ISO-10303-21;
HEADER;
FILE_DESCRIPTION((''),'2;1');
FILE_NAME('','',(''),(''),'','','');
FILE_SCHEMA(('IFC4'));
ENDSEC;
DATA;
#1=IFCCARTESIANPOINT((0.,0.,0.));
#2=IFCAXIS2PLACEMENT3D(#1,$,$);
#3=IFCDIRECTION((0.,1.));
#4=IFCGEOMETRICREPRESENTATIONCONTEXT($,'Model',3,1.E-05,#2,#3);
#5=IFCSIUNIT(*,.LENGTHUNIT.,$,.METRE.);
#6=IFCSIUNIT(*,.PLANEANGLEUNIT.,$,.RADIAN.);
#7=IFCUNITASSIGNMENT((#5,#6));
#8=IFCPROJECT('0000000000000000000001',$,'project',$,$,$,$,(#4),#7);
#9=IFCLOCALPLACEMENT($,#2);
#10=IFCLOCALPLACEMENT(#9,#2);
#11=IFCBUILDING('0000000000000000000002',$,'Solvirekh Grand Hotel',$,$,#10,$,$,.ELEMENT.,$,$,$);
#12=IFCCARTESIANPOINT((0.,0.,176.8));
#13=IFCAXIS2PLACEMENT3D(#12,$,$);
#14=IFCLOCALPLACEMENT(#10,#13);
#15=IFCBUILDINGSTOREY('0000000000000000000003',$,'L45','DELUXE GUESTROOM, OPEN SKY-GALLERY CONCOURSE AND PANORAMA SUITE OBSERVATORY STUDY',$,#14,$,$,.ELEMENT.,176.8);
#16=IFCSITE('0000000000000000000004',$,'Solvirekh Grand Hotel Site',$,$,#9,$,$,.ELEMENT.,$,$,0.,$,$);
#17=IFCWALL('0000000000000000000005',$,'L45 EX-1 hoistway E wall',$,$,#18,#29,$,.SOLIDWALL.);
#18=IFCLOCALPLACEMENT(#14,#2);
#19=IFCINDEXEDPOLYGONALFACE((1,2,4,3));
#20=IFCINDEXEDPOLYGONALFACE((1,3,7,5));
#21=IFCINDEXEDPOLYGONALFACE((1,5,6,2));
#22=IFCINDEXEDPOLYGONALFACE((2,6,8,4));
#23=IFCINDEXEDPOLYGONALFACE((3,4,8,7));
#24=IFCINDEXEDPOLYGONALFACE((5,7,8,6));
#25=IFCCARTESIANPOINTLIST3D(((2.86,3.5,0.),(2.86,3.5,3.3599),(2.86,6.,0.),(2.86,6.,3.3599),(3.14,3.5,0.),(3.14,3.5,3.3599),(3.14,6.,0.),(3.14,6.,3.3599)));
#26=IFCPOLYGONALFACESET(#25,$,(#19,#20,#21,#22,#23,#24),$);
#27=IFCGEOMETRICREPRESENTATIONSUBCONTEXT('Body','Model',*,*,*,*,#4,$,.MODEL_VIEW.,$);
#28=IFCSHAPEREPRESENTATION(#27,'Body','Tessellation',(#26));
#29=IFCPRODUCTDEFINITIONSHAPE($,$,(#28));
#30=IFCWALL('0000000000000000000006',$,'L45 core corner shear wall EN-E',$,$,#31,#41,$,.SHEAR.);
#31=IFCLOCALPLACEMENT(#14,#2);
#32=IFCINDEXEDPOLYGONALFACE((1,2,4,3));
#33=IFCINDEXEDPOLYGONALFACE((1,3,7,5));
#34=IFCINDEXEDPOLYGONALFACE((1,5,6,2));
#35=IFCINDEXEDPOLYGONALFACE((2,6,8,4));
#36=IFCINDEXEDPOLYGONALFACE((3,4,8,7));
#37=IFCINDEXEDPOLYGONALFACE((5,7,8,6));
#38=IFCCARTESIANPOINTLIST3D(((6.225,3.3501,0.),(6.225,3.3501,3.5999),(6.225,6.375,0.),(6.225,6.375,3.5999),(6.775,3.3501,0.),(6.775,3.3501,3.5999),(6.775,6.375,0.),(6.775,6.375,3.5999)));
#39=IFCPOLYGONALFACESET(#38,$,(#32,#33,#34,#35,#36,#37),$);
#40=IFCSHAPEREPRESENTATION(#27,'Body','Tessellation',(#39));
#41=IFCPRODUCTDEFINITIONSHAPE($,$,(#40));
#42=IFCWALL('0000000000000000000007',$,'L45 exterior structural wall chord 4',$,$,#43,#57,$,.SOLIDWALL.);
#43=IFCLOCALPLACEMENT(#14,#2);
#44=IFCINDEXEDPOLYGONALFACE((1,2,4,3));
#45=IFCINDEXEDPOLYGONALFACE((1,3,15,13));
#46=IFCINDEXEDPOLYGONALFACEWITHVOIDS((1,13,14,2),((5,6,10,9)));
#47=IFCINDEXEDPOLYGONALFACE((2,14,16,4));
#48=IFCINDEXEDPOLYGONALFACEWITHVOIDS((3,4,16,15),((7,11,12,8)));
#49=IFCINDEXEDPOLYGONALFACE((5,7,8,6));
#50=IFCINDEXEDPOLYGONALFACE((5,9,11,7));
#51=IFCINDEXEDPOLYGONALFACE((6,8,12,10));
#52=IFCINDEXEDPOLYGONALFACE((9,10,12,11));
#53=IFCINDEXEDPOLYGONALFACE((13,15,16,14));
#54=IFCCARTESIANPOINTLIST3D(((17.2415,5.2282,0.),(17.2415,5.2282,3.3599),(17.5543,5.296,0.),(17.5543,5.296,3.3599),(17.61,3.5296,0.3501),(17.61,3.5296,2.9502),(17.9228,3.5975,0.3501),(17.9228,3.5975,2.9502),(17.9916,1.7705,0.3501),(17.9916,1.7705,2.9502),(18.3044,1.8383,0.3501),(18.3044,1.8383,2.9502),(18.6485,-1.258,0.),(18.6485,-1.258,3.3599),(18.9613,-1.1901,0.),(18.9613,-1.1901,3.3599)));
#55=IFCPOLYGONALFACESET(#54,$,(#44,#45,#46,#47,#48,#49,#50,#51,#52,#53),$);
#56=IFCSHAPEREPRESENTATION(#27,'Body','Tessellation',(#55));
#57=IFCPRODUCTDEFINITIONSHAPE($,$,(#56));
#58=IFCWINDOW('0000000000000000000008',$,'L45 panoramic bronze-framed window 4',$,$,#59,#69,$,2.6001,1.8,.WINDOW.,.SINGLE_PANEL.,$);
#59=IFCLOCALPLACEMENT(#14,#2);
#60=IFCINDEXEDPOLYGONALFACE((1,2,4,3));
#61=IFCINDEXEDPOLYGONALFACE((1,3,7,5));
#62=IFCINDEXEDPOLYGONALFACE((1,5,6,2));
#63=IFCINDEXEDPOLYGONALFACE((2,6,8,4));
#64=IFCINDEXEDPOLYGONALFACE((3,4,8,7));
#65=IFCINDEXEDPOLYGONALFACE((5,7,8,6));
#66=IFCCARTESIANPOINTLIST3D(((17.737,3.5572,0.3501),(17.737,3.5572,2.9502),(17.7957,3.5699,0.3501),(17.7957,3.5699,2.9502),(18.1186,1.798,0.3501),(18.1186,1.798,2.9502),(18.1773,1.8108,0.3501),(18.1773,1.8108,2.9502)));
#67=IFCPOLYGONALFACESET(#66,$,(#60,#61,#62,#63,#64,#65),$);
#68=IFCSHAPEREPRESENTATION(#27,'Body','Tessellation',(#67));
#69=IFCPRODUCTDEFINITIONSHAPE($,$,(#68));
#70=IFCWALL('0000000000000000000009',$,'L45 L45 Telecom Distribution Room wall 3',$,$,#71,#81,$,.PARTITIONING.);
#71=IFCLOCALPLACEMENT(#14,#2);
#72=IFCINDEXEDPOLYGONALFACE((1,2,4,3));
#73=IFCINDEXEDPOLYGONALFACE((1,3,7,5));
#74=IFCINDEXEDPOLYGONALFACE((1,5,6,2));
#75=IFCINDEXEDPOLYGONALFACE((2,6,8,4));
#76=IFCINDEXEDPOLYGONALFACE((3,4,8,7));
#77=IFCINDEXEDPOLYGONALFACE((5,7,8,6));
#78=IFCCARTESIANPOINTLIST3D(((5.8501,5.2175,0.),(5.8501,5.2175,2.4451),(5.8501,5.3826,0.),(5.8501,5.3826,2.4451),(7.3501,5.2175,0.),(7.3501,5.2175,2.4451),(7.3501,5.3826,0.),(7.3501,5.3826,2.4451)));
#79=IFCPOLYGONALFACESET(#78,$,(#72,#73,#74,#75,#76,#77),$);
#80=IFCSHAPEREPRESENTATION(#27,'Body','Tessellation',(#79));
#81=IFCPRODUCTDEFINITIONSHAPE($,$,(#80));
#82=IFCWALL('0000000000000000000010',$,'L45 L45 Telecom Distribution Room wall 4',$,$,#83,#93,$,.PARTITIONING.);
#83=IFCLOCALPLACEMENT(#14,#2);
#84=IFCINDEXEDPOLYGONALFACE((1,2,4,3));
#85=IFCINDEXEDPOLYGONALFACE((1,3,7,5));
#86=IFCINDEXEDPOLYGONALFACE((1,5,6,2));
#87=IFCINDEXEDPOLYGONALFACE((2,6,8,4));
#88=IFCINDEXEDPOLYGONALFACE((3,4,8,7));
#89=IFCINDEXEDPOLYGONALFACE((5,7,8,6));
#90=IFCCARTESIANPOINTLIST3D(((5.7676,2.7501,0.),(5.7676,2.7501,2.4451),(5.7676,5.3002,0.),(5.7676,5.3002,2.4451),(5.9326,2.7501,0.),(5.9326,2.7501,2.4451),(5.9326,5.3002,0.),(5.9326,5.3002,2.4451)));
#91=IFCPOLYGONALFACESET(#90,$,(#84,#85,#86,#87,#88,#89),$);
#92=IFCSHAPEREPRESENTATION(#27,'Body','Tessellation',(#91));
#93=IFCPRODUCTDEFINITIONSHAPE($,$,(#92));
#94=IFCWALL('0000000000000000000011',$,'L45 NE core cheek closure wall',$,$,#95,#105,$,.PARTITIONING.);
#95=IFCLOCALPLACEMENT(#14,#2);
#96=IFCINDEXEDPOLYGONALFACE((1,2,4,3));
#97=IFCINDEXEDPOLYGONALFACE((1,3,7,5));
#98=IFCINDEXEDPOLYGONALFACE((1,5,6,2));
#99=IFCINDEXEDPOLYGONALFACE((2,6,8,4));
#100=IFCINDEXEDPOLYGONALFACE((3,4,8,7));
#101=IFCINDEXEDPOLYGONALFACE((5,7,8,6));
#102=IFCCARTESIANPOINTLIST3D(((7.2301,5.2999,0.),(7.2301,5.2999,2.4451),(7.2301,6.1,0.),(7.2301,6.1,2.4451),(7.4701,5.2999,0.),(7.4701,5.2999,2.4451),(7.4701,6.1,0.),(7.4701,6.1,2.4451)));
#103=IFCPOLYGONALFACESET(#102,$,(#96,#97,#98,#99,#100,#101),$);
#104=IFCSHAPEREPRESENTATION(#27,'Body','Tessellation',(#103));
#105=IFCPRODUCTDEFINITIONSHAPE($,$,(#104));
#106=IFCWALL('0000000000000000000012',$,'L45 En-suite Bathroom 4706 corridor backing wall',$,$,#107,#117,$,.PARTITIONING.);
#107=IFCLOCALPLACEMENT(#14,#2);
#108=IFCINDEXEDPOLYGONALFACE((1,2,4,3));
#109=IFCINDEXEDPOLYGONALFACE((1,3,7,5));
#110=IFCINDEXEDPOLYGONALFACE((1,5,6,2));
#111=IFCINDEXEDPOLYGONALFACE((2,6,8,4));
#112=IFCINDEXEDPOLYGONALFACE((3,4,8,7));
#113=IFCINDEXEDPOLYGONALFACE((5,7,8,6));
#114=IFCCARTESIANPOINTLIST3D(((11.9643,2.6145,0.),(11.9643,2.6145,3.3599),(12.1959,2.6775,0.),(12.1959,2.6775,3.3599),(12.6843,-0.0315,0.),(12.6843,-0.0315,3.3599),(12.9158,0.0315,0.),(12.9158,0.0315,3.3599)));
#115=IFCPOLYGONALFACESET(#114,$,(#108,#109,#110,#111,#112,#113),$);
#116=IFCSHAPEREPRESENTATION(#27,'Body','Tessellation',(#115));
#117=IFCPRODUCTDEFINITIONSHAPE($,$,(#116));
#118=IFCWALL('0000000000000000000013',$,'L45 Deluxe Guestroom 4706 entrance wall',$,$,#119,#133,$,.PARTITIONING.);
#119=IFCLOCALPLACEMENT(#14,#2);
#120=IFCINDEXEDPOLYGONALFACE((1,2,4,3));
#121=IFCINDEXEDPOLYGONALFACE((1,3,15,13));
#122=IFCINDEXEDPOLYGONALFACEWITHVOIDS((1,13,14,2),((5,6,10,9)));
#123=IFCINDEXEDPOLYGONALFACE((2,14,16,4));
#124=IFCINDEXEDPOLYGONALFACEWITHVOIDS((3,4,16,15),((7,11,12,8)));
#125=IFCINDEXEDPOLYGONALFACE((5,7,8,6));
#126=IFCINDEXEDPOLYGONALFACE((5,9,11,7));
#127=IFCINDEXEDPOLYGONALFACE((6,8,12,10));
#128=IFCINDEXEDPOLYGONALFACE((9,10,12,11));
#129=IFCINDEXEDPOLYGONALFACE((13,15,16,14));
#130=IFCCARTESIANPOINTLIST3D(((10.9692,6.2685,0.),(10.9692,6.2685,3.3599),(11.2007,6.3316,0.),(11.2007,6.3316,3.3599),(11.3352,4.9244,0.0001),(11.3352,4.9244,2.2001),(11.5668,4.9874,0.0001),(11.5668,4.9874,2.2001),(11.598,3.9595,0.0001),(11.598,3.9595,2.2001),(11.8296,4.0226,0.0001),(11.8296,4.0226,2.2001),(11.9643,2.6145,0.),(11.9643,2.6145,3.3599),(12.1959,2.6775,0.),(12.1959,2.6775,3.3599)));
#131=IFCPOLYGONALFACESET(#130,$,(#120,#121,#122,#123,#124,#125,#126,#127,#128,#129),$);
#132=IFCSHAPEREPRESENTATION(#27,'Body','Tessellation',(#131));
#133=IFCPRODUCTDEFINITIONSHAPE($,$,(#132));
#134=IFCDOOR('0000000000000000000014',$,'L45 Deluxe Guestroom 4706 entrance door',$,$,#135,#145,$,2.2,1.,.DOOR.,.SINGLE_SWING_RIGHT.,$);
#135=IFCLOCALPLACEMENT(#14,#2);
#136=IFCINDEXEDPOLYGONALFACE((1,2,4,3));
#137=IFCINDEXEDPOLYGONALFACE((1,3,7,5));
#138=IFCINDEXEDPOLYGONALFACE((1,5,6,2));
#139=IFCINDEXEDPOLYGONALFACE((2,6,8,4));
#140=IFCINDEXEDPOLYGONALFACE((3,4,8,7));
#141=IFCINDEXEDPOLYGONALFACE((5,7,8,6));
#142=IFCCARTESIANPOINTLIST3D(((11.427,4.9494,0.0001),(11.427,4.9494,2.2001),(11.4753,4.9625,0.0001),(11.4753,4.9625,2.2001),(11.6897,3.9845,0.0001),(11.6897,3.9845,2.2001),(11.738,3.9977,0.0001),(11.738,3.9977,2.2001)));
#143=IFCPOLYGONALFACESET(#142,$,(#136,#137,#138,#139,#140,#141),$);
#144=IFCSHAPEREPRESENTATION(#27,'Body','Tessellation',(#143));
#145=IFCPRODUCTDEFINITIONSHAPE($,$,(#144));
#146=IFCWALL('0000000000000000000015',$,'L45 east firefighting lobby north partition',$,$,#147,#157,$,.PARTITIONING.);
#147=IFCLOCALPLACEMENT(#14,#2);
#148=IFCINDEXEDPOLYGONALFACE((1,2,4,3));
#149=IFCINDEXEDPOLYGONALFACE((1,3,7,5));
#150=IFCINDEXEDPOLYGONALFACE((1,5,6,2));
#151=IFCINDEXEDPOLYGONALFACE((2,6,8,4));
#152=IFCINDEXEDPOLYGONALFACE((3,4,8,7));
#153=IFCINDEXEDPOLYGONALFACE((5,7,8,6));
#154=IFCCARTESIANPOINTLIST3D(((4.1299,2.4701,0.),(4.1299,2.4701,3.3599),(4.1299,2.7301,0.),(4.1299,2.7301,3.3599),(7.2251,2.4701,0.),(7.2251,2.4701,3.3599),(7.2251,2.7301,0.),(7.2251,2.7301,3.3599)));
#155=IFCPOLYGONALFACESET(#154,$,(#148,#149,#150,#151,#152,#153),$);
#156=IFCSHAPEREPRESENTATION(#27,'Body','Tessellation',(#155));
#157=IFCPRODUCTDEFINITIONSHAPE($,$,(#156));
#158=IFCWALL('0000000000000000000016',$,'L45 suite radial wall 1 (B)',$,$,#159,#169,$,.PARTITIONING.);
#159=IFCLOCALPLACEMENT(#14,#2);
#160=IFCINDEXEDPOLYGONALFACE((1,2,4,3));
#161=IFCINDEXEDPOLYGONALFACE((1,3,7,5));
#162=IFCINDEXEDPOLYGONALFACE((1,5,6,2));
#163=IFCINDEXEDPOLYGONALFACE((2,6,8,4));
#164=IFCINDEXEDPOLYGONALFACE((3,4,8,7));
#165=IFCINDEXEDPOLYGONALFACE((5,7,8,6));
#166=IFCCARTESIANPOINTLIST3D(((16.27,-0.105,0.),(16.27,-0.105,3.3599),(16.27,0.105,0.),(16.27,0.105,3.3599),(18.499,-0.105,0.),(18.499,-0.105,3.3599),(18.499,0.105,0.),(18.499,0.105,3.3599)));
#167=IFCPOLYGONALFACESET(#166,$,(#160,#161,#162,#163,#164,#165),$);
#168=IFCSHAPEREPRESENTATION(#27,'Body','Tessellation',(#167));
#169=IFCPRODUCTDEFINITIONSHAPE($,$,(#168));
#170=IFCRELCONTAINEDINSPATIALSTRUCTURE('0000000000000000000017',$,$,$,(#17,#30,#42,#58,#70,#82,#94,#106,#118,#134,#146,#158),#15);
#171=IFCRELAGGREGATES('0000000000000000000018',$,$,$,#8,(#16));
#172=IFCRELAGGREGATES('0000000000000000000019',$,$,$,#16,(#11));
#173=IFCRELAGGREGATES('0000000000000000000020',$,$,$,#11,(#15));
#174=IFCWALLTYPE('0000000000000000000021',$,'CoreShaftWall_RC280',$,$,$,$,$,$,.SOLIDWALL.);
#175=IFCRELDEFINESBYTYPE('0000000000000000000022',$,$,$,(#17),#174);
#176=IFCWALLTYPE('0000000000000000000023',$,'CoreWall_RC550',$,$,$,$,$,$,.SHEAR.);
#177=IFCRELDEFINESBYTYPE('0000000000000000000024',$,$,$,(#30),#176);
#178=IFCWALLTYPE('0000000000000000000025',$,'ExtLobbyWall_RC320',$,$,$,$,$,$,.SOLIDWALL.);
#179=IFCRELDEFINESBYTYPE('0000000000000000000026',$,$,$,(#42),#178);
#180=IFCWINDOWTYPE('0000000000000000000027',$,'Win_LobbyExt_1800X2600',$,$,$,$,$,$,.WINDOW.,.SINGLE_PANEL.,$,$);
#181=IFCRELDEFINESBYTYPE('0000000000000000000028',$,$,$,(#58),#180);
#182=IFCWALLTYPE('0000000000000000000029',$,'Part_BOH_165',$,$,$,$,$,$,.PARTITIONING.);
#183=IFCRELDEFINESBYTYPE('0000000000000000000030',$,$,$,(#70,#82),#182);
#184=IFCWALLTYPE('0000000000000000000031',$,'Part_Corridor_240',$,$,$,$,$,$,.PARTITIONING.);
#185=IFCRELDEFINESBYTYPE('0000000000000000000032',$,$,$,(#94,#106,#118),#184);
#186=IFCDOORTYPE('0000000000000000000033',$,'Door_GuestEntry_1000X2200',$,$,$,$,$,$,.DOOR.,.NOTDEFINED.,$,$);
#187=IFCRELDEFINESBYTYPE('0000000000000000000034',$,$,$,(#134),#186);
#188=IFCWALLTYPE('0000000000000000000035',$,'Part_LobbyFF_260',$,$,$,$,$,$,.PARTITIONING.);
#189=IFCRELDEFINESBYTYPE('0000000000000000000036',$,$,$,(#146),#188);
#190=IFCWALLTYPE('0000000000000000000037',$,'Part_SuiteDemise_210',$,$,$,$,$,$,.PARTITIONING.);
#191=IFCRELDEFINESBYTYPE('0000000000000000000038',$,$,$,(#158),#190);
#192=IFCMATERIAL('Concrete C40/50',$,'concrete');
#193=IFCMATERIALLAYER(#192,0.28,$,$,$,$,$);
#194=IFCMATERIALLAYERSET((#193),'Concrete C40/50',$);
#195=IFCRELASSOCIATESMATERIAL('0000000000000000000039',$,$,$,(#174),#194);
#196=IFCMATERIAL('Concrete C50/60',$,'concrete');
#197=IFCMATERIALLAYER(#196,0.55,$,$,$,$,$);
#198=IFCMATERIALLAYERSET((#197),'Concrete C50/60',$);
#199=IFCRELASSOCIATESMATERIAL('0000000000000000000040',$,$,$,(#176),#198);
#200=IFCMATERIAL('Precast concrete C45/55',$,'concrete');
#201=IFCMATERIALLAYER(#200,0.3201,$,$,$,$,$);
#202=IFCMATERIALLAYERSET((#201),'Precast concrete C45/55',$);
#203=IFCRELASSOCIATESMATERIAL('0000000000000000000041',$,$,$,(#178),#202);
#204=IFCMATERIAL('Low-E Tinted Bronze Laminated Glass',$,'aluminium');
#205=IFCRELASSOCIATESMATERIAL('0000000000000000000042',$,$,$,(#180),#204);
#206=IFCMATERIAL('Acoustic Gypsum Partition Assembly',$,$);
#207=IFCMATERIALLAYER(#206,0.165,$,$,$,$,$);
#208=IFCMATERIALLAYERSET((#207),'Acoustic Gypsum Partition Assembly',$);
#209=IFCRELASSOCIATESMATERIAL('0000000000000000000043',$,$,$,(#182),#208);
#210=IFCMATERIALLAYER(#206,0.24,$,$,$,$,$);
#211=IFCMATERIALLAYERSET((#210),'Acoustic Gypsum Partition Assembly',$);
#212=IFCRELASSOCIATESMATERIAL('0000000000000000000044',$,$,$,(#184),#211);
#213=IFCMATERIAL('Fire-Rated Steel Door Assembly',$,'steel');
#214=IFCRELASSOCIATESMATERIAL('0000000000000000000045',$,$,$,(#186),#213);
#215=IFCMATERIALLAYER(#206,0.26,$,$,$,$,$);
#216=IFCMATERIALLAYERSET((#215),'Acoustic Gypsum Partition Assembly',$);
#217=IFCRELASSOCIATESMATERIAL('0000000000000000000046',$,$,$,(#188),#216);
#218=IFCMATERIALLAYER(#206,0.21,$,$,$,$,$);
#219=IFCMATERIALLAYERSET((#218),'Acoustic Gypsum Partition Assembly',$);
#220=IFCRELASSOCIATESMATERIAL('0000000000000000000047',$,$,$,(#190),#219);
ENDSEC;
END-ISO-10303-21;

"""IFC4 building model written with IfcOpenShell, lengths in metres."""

from ifc_helpers import new_model, si_unit, direction, frame, frame_2d, origin, place, context, subcontext, project, spatial, rectangle, extrude, material, layer, layer_set, type_object, element, fill, save


model = new_model("IFC4")

# Units and contexts
model_context = context("Model", 3, precision=1e-05, world=origin(), true_north=direction((0.0, 1.0)))
body_context = subcontext(model_context, "Body", "Model", "MODEL_VIEW")
ifc_project = project(units=[si_unit("LENGTHUNIT", "METRE"), si_unit("PLANEANGLEUNIT", "RADIAN")], contexts=[model_context])

# Site, building, storey
site_placement = place(None, origin())
site = spatial("IfcSite", under=ifc_project, at=site_placement, Name="Solvirekh Grand Hotel Site", CompositionType="ELEMENT", RefElevation=0.0)
building_placement = place(site_placement, origin())
building = spatial("IfcBuilding", under=site, at=building_placement, Name="Solvirekh Grand Hotel", CompositionType="ELEMENT")
storey_placement = place(building_placement, frame((0.0, 0.0, 176.8)))
storey = spatial("IfcBuildingStorey", under=building, at=storey_placement, Name="L45", Description="DELUXE GUESTROOM, OPEN SKY-GALLERY CONCOURSE AND PANORAMA SUITE OBSERVATORY STUDY", CompositionType="ELEMENT", Elevation=176.8)

# Walls
ifc_material_1 = material(Name="Concrete C40/50", Category="concrete")
ifc_layer_1 = layer(ifc_material_1, 0.28)
ifc_layer_set_1 = layer_set([ifc_layer_1], Name="Concrete C40/50")
wall_type_1 = type_object("IfcWallType", Name="CoreShaftWall_RC280", PredefinedType="SOLIDWALL", material=ifc_layer_set_1)
wall_1_placement = place(storey_placement, frame((3.0, 3.5, 0.0), z_axis=(0.0, 0.0, 1.0), x_axis=(0.0, 1.0, 0.0)))
element("IfcWall", 1, at=wall_1_placement, inside=storey, type_object=wall_type_1, Name="L45 EX-1 hoistway E wall", PredefinedType="SOLIDWALL", context=body_context, shape_type="SweptSolid", body=[
    extrude(rectangle(XDim=2.5, YDim=0.28, at=frame_2d((1.25, 0.0))), origin(), (0.0, 0.0, 1.0), 3.3599),
])
ifc_material_2 = material(Name="Concrete C50/60", Category="concrete")
ifc_layer_2 = layer(ifc_material_2, 0.55)
ifc_layer_set_2 = layer_set([ifc_layer_2], Name="Concrete C50/60")
wall_type_2 = type_object("IfcWallType", Name="CoreWall_RC550", PredefinedType="SHEAR", material=ifc_layer_set_2)
wall_2_placement = place(storey_placement, frame((6.5, 3.3501, 0.0), z_axis=(0.0, 0.0, 1.0), x_axis=(0.0, 1.0, 0.0)))
element("IfcWall", 2, at=wall_2_placement, inside=storey, type_object=wall_type_2, Name="L45 core corner shear wall EN-E", PredefinedType="SHEAR", context=body_context, shape_type="SweptSolid", body=[
    extrude(rectangle(XDim=3.0249, YDim=0.55, at=frame_2d((1.5125, 0.0))), origin(), (0.0, 0.0, 1.0), 3.5999),
])

# Wall, opening, window
ifc_material_3 = material(Name="Precast concrete C45/55", Category="concrete")
ifc_layer_3 = layer(ifc_material_3, 0.3201)
ifc_layer_set_3 = layer_set([ifc_layer_3], Name="Precast concrete C45/55")
wall_type_3 = type_object("IfcWallType", Name="ExtLobbyWall_RC320", PredefinedType="SOLIDWALL", material=ifc_layer_set_3)
wall_3_placement = place(storey_placement, frame((17.3979, 5.262, 0.0), z_axis=(0.0, 0.0, 1.0), x_axis=(0.211993, -0.977271, 0.0)))
wall_3 = element("IfcWall", 3, at=wall_3_placement, inside=storey, type_object=wall_type_3, Name="L45 exterior structural wall chord 4", PredefinedType="SOLIDWALL", context=body_context, shape_type="SweptSolid", body=[
    extrude(rectangle(XDim=6.637, YDim=0.3201, at=frame_2d((3.3184, 0.0))), origin(), (0.0, 0.0, 1.0), 3.3599),
])
opening_1_placement = place(wall_3_placement, frame((1.738, 0.0, 0.3501)))
opening_1 = element("IfcOpeningElement", 4, at=opening_1_placement, cuts=wall_3, PredefinedType="OPENING", context=body_context, shape_type="SweptSolid", body=[
    extrude(rectangle(XDim=1.8, YDim=2.6001, at=frame_2d((0.8999, 1.3))), frame((0.0, 0.1699, 0.0), z_axis=(0.0, -1.0, 0.0), x_axis=(1.0, 0.0, 0.0)), (0.0, 0.0, 1.0), 0.3401),
])
ifc_material_4 = material(Name="Low-E Tinted Bronze Laminated Glass", Category="aluminium")
window_type = type_object("IfcWindowType", Name="Win_LobbyExt_1800X2600", PartitioningType="SINGLE_PANEL", PredefinedType="WINDOW", material=ifc_material_4)
window_placement = place(opening_1_placement, origin())
window = element("IfcWindow", 5, at=window_placement, inside=storey, type_object=window_type, Name="L45 panoramic bronze-framed window 4", OverallHeight=2.6001, OverallWidth=1.8, PartitioningType="SINGLE_PANEL", PredefinedType="WINDOW", context=body_context, shape_type="SweptSolid", body=[
    extrude(rectangle(XDim=1.8, YDim=2.6001, at=frame_2d((0.8999, 1.3))), frame((0.0, 0.03, 0.0), z_axis=(0.0, -1.0, 0.0), x_axis=(1.0, 0.0, 0.0)), (0.0, 0.0, 1.0), 0.0601),
])
fill(opening_1, window)

# Shared definitions
ifc_material_5 = material(Name="Acoustic Gypsum Partition Assembly")
ifc_layer_4 = layer(ifc_material_5, 0.165)
ifc_layer_set_4 = layer_set([ifc_layer_4], Name="Acoustic Gypsum Partition Assembly")
wall_type_4 = type_object("IfcWallType", Name="Part_BOH_165", PredefinedType="PARTITIONING", material=ifc_layer_set_4)
ifc_material_6 = material(Name="Fire-Rated Steel Door Assembly", Category="steel")

# Walls
wall_4_placement = place(storey_placement, frame((7.3501, 5.3, 0.0), z_axis=(0.0, 0.0, 1.0), x_axis=(-1.0, 0.0, 0.0)))
element("IfcWall", 6, at=wall_4_placement, inside=storey, type_object=wall_type_4, Name="L45 L45 Telecom Distribution Room wall 3", PredefinedType="PARTITIONING", context=body_context, shape_type="SweptSolid", body=[
    extrude(rectangle(XDim=1.5, YDim=0.165, at=frame_2d((0.75, 0.0))), origin(), (0.0, 0.0, 1.0), 2.4451),
])
wall_5_placement = place(storey_placement, frame((5.8501, 5.3, 0.0), z_axis=(0.0, 0.0, 1.0), x_axis=(0.0, -1.0, 0.0)))
element("IfcWall", 7, at=wall_5_placement, inside=storey, type_object=wall_type_4, Name="L45 L45 Telecom Distribution Room wall 4", PredefinedType="PARTITIONING", context=body_context, shape_type="SweptSolid", body=[
    extrude(rectangle(XDim=2.55, YDim=0.165, at=frame_2d((1.2749, 0.0))), origin(), (0.0, 0.0, 1.0), 2.4451),
])
ifc_layer_5 = layer(ifc_material_5, 0.24)
ifc_layer_set_5 = layer_set([ifc_layer_5], Name="Acoustic Gypsum Partition Assembly")
wall_type_5 = type_object("IfcWallType", Name="Part_Corridor_240", PredefinedType="PARTITIONING", material=ifc_layer_set_5)
wall_6_placement = place(storey_placement, frame((7.3501, 5.3, 0.0), z_axis=(0.0, 0.0, 1.0), x_axis=(0.0, 1.0, 0.0)))
element("IfcWall", 8, at=wall_6_placement, inside=storey, type_object=wall_type_5, Name="L45 NE core cheek closure wall", PredefinedType="PARTITIONING", context=body_context, shape_type="SweptSolid", body=[
    extrude(rectangle(XDim=0.8, YDim=0.24, at=frame_2d((0.3999, 0.0))), origin(), (0.0, 0.0, 1.0), 2.4451),
])
wall_7_placement = place(storey_placement, frame((12.8, 0.0, 0.0), z_axis=(0.0, 0.0, 1.0), x_axis=(-0.262552, 0.964918, 0.0)))
element("IfcWall", 9, at=wall_7_placement, inside=storey, type_object=wall_type_5, Name="L45 En-suite Bathroom 4706 corridor backing wall", PredefinedType="PARTITIONING", context=body_context, shape_type="SweptSolid", body=[
    extrude(rectangle(XDim=2.7422, YDim=0.24, at=frame_2d((1.3711, 0.0))), origin(), (0.0, 0.0, 1.0), 3.3599),
])

# Wall, opening, door
wall_8_placement = place(storey_placement, frame((12.0801, 2.646, 0.0), z_axis=(0.0, 0.0, 1.0), x_axis=(-0.262763, 0.96486, 0.0)))
wall_8 = element("IfcWall", 10, at=wall_8_placement, inside=storey, type_object=wall_type_5, Name="L45 Deluxe Guestroom 4706 entrance wall", PredefinedType="PARTITIONING", context=body_context, shape_type="SweptSolid", body=[
    extrude(rectangle(XDim=3.7871, YDim=0.24, at=frame_2d((1.8936, 0.0))), origin(), (0.0, 0.0, 1.0), 3.3599),
])
opening_2_placement = place(wall_8_placement, frame((1.394, 0.0, 0.0)))
opening_2 = element("IfcOpeningElement", 11, at=opening_2_placement, cuts=wall_8, PredefinedType="OPENING", context=body_context, shape_type="SweptSolid", body=[
    extrude(rectangle(XDim=1.0, YDim=2.2, at=frame_2d((0.5, 1.1001))), frame((0.0, 0.1299, 0.0), z_axis=(0.0, -1.0, 0.0), x_axis=(1.0, 0.0, 0.0)), (0.0, 0.0, 1.0), 0.26),
])
door_type_1 = type_object("IfcDoorType", Name="Door_GuestEntry_1000X2200", OperationType="NOTDEFINED", PredefinedType="DOOR", material=ifc_material_6)
door_1_placement = place(opening_2_placement, origin())
door_1 = element("IfcDoor", 12, at=door_1_placement, inside=storey, type_object=door_type_1, Name="L45 Deluxe Guestroom 4706 entrance door", OperationType="SINGLE_SWING_RIGHT", OverallHeight=2.2, OverallWidth=1.0, PredefinedType="DOOR", context=body_context, shape_type="SweptSolid", body=[
    extrude(rectangle(XDim=1.0, YDim=2.2, at=frame_2d((0.5, 1.1001))), frame((0.0, 0.0249, 0.0), z_axis=(0.0, -1.0, 0.0), x_axis=(1.0, 0.0, 0.0)), (0.0, 0.0, 1.0), 0.05),
])
fill(opening_2, door_1)

# Walls
ifc_layer_6 = layer(ifc_material_5, 0.26)
ifc_layer_set_6 = layer_set([ifc_layer_6], Name="Acoustic Gypsum Partition Assembly")
wall_type_6 = type_object("IfcWallType", Name="Part_LobbyFF_260", PredefinedType="PARTITIONING", material=ifc_layer_set_6)
wall_9_placement = place(storey_placement, frame((4.1299, 2.6001, 0.0), z_axis=(0.0, 0.0, 1.0), x_axis=(1.0, 0.0, 0.0)))
element("IfcWall", 13, at=wall_9_placement, inside=storey, type_object=wall_type_6, Name="L45 east firefighting lobby north partition", PredefinedType="PARTITIONING", context=body_context, shape_type="SweptSolid", body=[
    extrude(rectangle(XDim=3.0952, YDim=0.26, at=frame_2d((1.5476, 0.0))), origin(), (0.0, 0.0, 1.0), 3.3599),
])
ifc_layer_7 = layer(ifc_material_5, 0.21)
ifc_layer_set_7 = layer_set([ifc_layer_7], Name="Acoustic Gypsum Partition Assembly")
wall_type_7 = type_object("IfcWallType", Name="Part_SuiteDemise_210", PredefinedType="PARTITIONING", material=ifc_layer_set_7)
wall_10_placement = place(storey_placement, frame((16.27, 0.0, 0.0), z_axis=(0.0, 0.0, 1.0), x_axis=(1.0, 0.0, 0.0)))
element("IfcWall", 14, at=wall_10_placement, inside=storey, type_object=wall_type_7, Name="L45 suite radial wall 1 (B)", PredefinedType="PARTITIONING", context=body_context, shape_type="SweptSolid", body=[
    extrude(rectangle(XDim=2.229, YDim=0.21, at=frame_2d((1.1145, 0.0))), origin(), (0.0, 0.0, 1.0), 3.3599),
])

save(model, "model.ifc")
